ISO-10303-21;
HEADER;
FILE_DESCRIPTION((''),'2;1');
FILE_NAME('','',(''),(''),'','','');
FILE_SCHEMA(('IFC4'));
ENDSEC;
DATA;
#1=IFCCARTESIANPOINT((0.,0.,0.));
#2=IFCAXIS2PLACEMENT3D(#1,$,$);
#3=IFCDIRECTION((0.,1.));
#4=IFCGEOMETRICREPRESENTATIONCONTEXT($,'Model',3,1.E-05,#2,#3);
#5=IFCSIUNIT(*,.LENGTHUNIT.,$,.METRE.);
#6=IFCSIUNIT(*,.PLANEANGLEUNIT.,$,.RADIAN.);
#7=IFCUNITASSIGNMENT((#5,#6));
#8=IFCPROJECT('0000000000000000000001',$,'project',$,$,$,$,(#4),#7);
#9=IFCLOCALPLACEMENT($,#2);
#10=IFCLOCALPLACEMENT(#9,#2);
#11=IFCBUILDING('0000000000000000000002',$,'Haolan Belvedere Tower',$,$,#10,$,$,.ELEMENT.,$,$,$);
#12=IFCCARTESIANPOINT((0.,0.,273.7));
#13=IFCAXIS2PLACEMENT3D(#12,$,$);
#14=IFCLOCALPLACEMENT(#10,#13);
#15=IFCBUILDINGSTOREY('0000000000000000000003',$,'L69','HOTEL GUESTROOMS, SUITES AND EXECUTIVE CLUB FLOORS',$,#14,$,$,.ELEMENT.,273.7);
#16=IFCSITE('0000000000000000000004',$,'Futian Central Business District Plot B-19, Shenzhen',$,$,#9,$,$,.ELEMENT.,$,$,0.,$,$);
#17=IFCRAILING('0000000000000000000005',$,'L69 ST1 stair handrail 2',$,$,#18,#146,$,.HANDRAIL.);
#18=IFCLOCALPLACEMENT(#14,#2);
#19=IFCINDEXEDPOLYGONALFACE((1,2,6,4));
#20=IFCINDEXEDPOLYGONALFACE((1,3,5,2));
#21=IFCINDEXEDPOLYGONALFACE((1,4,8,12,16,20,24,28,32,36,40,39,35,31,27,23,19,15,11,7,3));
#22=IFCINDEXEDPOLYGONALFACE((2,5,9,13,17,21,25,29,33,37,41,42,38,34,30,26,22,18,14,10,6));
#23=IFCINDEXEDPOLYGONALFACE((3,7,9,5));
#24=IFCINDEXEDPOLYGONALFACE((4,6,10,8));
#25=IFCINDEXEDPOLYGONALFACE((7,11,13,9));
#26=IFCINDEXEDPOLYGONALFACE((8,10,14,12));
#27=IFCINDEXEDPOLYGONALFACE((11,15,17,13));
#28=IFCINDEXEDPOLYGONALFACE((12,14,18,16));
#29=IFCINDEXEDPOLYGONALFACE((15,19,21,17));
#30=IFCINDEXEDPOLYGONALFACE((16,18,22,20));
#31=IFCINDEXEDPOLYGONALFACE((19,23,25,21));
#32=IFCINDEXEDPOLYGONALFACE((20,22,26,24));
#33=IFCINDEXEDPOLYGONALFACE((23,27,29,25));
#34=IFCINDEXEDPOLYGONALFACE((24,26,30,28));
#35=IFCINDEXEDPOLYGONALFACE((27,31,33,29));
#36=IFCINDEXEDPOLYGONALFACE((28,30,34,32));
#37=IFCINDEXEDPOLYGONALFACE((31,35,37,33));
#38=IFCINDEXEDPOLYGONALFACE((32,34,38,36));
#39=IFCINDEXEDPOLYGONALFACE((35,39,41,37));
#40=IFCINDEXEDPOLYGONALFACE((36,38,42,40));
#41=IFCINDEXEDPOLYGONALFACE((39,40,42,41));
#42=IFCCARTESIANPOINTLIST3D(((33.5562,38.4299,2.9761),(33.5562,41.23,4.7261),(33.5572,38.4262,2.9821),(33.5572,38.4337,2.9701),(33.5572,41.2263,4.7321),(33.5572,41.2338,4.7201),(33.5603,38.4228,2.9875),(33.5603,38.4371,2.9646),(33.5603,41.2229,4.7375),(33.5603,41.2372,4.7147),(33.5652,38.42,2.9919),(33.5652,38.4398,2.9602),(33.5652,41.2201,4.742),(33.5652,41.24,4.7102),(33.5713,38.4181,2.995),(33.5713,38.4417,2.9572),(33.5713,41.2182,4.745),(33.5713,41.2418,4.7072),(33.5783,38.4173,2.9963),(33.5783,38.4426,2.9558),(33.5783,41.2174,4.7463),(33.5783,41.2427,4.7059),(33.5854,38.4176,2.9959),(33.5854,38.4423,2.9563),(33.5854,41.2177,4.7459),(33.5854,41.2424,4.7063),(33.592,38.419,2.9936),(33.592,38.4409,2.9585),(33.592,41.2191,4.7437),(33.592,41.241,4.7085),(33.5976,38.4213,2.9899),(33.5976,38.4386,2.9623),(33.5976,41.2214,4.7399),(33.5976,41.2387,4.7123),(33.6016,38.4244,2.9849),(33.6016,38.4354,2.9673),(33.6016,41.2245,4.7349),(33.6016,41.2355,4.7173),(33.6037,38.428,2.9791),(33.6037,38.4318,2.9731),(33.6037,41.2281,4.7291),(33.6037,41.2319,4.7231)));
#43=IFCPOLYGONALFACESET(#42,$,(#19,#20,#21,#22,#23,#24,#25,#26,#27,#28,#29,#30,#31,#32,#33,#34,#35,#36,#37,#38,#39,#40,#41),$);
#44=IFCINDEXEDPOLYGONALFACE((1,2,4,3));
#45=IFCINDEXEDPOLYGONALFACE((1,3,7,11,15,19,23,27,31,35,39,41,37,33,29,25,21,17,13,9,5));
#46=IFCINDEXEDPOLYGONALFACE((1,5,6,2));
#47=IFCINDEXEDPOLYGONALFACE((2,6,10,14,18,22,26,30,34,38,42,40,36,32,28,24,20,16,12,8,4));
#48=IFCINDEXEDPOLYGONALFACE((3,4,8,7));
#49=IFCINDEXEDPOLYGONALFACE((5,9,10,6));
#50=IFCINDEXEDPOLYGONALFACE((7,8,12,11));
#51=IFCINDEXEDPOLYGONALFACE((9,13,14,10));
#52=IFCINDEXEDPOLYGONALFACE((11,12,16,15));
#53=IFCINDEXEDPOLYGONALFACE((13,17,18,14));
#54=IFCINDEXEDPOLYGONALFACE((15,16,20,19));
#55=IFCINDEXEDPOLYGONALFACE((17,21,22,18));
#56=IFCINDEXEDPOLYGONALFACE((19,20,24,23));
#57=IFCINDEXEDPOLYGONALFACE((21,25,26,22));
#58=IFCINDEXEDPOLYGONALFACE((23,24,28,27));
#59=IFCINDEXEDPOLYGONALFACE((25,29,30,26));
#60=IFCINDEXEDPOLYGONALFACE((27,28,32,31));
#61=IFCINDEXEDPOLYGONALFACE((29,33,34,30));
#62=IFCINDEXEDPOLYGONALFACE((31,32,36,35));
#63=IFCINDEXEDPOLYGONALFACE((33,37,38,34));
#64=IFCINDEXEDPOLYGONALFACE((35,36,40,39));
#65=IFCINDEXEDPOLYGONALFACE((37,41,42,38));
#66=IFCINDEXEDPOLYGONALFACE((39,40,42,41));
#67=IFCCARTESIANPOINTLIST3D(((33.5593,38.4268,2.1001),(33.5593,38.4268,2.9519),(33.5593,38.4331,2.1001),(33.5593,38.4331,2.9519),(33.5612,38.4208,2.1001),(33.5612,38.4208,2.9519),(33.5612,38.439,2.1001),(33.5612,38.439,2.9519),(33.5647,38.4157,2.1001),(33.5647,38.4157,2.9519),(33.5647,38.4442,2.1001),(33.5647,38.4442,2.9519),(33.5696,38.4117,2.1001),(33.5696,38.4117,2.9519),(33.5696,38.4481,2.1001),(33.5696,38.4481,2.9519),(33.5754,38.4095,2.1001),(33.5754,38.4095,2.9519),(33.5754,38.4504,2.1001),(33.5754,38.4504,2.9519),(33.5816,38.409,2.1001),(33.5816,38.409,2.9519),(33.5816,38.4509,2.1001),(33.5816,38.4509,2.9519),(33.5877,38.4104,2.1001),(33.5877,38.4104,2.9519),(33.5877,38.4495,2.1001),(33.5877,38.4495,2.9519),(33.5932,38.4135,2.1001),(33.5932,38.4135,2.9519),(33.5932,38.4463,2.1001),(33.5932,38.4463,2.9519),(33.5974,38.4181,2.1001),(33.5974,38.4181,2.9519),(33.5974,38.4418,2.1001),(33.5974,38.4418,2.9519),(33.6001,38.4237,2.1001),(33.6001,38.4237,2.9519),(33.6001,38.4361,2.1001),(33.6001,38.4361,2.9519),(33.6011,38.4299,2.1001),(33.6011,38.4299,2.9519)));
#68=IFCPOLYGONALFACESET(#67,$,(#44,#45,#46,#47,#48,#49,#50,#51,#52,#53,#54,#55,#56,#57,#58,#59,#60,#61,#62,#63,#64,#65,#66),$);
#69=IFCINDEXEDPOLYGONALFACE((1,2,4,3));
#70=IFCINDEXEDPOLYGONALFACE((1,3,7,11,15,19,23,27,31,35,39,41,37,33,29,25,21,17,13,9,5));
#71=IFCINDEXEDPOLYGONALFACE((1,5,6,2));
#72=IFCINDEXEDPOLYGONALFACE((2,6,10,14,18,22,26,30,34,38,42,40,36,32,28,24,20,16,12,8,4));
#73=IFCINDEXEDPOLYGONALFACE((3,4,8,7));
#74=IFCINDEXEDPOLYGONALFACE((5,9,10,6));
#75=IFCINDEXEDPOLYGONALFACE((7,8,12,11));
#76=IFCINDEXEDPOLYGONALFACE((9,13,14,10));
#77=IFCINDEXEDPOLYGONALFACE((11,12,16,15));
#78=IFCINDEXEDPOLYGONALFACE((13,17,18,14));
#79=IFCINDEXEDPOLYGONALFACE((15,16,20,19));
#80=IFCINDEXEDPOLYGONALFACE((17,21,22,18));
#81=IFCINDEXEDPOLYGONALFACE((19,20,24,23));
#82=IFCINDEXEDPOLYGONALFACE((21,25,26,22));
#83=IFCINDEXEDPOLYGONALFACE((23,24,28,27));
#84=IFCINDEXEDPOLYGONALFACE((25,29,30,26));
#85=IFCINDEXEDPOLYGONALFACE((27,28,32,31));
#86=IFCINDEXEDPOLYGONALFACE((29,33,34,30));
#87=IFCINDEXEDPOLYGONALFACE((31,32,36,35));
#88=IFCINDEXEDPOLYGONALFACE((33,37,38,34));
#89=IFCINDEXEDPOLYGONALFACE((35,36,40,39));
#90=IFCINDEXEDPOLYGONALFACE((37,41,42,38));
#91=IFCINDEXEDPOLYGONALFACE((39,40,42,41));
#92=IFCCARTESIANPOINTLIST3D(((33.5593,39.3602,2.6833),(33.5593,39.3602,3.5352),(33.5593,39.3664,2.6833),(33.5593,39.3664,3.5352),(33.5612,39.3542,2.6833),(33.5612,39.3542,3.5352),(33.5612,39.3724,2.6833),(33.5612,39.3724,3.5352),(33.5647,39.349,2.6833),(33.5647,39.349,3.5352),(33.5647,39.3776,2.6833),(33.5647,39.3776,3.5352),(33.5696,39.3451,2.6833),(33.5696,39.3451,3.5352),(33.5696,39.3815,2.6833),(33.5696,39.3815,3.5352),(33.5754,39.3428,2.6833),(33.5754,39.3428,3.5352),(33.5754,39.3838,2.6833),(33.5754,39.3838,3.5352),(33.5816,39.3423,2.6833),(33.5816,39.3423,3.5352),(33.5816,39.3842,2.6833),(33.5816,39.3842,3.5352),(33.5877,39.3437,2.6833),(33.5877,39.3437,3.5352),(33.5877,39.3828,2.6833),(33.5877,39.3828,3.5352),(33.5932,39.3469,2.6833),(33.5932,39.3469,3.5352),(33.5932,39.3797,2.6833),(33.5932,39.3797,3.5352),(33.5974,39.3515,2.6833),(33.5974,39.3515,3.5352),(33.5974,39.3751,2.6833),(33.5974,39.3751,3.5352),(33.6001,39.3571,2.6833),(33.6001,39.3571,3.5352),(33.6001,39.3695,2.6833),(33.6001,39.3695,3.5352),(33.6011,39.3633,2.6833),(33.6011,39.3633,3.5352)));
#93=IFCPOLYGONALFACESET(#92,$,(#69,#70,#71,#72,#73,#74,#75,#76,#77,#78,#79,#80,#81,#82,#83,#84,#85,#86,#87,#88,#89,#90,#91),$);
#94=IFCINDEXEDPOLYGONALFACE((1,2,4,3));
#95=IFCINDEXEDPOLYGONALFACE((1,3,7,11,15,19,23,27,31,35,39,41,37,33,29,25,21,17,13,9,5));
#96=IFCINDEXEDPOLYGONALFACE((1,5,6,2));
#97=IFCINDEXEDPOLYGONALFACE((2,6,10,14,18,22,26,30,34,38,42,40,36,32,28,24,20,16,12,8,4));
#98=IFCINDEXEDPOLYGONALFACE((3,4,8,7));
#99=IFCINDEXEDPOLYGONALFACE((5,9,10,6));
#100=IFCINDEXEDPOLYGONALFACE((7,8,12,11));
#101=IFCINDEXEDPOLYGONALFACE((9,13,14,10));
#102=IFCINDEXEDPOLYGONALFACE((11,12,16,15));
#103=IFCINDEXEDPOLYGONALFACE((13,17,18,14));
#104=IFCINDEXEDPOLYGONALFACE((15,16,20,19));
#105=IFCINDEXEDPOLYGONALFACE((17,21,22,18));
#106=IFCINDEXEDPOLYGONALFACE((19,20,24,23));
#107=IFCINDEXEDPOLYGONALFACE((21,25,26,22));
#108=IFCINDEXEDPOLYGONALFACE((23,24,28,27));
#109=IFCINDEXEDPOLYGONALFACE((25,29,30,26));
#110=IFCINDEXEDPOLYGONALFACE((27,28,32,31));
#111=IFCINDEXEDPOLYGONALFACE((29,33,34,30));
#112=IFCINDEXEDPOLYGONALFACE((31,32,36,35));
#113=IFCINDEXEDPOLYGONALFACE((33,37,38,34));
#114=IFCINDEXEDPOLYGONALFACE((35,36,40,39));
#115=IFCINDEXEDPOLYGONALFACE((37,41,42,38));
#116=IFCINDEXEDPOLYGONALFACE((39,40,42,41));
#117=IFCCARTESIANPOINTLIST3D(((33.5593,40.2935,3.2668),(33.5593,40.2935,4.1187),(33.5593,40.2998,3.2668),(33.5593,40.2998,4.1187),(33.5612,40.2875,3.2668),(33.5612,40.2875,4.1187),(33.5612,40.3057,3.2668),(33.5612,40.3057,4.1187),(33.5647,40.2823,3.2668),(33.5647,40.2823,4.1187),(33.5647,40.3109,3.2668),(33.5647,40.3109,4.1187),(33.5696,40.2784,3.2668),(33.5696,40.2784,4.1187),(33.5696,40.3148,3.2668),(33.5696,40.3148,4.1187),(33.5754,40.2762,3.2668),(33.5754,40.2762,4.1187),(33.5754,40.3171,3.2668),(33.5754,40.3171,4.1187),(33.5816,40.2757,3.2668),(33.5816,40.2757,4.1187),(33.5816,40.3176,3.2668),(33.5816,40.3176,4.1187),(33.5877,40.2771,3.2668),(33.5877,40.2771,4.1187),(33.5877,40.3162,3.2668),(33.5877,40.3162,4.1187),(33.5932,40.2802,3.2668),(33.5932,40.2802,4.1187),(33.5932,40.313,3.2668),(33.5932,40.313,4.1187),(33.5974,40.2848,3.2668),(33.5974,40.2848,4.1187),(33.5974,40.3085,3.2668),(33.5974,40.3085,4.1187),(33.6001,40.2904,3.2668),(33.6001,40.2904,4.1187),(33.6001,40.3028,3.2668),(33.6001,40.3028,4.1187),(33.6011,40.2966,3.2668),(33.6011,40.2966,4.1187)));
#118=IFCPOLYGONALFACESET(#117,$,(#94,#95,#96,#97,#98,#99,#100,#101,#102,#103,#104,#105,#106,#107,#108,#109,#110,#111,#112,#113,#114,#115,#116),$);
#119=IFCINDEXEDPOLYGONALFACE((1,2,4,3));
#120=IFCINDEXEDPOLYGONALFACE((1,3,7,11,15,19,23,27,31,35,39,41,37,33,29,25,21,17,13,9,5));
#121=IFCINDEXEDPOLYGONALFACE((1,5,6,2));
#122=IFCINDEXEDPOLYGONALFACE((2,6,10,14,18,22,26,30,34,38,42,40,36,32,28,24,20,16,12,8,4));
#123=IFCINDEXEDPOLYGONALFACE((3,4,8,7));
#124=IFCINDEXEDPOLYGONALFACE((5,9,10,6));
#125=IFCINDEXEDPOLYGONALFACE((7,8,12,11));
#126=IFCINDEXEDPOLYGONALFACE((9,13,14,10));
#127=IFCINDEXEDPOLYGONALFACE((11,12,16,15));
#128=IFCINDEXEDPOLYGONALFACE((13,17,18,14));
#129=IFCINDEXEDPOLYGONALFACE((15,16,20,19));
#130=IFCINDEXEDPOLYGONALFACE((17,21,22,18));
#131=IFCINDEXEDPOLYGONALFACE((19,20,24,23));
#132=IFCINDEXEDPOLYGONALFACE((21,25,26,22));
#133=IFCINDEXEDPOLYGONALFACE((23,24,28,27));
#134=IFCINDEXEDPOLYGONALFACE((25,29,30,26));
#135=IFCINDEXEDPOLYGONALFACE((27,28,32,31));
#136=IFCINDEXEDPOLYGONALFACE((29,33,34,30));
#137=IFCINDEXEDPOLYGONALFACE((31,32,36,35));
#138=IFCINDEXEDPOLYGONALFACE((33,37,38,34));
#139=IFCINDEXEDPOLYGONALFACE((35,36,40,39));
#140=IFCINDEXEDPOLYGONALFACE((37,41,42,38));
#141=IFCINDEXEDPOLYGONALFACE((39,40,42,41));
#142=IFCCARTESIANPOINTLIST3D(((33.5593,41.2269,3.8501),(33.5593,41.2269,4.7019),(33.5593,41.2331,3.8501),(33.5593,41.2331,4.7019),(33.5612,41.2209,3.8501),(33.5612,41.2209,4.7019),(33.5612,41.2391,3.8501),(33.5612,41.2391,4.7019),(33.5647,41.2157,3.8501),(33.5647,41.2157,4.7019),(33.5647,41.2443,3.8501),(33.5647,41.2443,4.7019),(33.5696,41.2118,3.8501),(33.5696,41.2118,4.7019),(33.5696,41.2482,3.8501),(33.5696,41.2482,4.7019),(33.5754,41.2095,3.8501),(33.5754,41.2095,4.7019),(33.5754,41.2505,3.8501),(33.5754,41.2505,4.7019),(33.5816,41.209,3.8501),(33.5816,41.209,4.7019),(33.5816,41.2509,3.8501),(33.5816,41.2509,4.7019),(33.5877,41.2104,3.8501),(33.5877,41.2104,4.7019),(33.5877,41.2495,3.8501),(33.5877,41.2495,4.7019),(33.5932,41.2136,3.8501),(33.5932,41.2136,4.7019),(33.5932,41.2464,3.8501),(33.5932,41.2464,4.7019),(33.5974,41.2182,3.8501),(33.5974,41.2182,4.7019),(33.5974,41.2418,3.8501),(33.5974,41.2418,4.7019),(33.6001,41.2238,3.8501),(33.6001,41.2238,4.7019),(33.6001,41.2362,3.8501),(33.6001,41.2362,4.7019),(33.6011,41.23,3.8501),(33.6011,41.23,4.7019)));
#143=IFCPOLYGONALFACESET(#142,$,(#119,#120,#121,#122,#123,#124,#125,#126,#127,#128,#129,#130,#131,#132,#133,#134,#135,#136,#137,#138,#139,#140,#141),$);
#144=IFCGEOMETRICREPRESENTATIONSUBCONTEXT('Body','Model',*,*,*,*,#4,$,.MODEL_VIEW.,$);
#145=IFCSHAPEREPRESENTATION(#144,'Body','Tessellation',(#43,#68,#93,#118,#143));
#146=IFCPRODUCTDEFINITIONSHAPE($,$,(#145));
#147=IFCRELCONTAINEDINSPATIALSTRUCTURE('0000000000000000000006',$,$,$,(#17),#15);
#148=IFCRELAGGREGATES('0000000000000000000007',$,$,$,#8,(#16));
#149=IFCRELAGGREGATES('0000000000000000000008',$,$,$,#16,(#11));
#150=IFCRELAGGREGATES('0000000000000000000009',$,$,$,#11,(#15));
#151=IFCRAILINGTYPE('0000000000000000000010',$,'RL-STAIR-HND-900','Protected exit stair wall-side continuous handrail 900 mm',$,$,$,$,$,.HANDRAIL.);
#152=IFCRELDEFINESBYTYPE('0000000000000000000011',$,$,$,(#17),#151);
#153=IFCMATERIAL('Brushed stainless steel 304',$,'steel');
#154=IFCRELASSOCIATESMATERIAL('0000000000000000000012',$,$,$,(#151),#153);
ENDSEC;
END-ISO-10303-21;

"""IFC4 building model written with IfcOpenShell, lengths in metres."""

from ifc_helpers import new_model, si_unit, direction, frame, origin, origin_2d, place, context, subcontext, project, spatial, circle, extrude, material, type_object, element, save


model = new_model("IFC4")

# Units and contexts
model_context = context("Model", 3, precision=1e-05, world=origin(), true_north=direction((0.0, 1.0)))
body_context = subcontext(model_context, "Body", "Model", "MODEL_VIEW")
ifc_project = project(units=[si_unit("LENGTHUNIT", "METRE"), si_unit("PLANEANGLEUNIT", "RADIAN")], contexts=[model_context])

# Site, building, storey
site_placement = place(None, origin())
site = spatial("IfcSite", under=ifc_project, at=site_placement, Name="Futian Central Business District Plot B-19, Shenzhen", CompositionType="ELEMENT", RefElevation=0.0)
building_placement = place(site_placement, origin())
building = spatial("IfcBuilding", under=site, at=building_placement, Name="Haolan Belvedere Tower", CompositionType="ELEMENT")
storey_placement = place(building_placement, frame((0.0, 0.0, 273.7)))
storey = spatial("IfcBuildingStorey", under=building, at=storey_placement, Name="L69", Description="HOTEL GUESTROOMS, SUITES AND EXECUTIVE CLUB FLOORS", CompositionType="ELEMENT", Elevation=273.7)

# Railing
ifc_material_1 = material(Name="Brushed stainless steel 304", Category="steel")
railing_type_1 = type_object("IfcRailingType", Name="RL-STAIR-HND-900", Description="Protected exit stair wall-side continuous handrail 900 mm", PredefinedType="HANDRAIL", material=ifc_material_1)
for number, where, name in (
    (1, (33.5801, 38.4299, 2.1001), "L69 ST1 stair handrail 2"),
):
    element("IfcRailing", number, at=place(storey_placement, frame(where)), inside=storey, type_object=railing_type_1, Name=name, PredefinedType="HANDRAIL", context=body_context, shape_type="SweptSolid", body=[
        extrude(circle(Radius=0.0239, at=origin_2d()), frame((0.0, 0.0, 0.876), z_axis=(0.0, 0.848002, 0.529992), x_axis=(-1.0, 0.0, 0.0)), (0.0, 0.0, 1.0), 3.302),
        extrude(circle(Radius=0.021, at=origin_2d()), origin(), (0.0, 0.0, 1.0), 0.8518),
        extrude(circle(Radius=0.021, at=origin_2d()), frame((0.0, 0.9333, 0.5833)), (0.0, 0.0, 1.0), 0.8518),
        extrude(circle(Radius=0.021, at=origin_2d()), frame((0.0, 1.8667, 1.1667)), (0.0, 0.0, 1.0), 0.8518),
        extrude(circle(Radius=0.021, at=origin_2d()), frame((0.0, 2.8, 1.75)), (0.0, 0.0, 1.0), 0.8518),
    ])

save(model, "model.ifc")
